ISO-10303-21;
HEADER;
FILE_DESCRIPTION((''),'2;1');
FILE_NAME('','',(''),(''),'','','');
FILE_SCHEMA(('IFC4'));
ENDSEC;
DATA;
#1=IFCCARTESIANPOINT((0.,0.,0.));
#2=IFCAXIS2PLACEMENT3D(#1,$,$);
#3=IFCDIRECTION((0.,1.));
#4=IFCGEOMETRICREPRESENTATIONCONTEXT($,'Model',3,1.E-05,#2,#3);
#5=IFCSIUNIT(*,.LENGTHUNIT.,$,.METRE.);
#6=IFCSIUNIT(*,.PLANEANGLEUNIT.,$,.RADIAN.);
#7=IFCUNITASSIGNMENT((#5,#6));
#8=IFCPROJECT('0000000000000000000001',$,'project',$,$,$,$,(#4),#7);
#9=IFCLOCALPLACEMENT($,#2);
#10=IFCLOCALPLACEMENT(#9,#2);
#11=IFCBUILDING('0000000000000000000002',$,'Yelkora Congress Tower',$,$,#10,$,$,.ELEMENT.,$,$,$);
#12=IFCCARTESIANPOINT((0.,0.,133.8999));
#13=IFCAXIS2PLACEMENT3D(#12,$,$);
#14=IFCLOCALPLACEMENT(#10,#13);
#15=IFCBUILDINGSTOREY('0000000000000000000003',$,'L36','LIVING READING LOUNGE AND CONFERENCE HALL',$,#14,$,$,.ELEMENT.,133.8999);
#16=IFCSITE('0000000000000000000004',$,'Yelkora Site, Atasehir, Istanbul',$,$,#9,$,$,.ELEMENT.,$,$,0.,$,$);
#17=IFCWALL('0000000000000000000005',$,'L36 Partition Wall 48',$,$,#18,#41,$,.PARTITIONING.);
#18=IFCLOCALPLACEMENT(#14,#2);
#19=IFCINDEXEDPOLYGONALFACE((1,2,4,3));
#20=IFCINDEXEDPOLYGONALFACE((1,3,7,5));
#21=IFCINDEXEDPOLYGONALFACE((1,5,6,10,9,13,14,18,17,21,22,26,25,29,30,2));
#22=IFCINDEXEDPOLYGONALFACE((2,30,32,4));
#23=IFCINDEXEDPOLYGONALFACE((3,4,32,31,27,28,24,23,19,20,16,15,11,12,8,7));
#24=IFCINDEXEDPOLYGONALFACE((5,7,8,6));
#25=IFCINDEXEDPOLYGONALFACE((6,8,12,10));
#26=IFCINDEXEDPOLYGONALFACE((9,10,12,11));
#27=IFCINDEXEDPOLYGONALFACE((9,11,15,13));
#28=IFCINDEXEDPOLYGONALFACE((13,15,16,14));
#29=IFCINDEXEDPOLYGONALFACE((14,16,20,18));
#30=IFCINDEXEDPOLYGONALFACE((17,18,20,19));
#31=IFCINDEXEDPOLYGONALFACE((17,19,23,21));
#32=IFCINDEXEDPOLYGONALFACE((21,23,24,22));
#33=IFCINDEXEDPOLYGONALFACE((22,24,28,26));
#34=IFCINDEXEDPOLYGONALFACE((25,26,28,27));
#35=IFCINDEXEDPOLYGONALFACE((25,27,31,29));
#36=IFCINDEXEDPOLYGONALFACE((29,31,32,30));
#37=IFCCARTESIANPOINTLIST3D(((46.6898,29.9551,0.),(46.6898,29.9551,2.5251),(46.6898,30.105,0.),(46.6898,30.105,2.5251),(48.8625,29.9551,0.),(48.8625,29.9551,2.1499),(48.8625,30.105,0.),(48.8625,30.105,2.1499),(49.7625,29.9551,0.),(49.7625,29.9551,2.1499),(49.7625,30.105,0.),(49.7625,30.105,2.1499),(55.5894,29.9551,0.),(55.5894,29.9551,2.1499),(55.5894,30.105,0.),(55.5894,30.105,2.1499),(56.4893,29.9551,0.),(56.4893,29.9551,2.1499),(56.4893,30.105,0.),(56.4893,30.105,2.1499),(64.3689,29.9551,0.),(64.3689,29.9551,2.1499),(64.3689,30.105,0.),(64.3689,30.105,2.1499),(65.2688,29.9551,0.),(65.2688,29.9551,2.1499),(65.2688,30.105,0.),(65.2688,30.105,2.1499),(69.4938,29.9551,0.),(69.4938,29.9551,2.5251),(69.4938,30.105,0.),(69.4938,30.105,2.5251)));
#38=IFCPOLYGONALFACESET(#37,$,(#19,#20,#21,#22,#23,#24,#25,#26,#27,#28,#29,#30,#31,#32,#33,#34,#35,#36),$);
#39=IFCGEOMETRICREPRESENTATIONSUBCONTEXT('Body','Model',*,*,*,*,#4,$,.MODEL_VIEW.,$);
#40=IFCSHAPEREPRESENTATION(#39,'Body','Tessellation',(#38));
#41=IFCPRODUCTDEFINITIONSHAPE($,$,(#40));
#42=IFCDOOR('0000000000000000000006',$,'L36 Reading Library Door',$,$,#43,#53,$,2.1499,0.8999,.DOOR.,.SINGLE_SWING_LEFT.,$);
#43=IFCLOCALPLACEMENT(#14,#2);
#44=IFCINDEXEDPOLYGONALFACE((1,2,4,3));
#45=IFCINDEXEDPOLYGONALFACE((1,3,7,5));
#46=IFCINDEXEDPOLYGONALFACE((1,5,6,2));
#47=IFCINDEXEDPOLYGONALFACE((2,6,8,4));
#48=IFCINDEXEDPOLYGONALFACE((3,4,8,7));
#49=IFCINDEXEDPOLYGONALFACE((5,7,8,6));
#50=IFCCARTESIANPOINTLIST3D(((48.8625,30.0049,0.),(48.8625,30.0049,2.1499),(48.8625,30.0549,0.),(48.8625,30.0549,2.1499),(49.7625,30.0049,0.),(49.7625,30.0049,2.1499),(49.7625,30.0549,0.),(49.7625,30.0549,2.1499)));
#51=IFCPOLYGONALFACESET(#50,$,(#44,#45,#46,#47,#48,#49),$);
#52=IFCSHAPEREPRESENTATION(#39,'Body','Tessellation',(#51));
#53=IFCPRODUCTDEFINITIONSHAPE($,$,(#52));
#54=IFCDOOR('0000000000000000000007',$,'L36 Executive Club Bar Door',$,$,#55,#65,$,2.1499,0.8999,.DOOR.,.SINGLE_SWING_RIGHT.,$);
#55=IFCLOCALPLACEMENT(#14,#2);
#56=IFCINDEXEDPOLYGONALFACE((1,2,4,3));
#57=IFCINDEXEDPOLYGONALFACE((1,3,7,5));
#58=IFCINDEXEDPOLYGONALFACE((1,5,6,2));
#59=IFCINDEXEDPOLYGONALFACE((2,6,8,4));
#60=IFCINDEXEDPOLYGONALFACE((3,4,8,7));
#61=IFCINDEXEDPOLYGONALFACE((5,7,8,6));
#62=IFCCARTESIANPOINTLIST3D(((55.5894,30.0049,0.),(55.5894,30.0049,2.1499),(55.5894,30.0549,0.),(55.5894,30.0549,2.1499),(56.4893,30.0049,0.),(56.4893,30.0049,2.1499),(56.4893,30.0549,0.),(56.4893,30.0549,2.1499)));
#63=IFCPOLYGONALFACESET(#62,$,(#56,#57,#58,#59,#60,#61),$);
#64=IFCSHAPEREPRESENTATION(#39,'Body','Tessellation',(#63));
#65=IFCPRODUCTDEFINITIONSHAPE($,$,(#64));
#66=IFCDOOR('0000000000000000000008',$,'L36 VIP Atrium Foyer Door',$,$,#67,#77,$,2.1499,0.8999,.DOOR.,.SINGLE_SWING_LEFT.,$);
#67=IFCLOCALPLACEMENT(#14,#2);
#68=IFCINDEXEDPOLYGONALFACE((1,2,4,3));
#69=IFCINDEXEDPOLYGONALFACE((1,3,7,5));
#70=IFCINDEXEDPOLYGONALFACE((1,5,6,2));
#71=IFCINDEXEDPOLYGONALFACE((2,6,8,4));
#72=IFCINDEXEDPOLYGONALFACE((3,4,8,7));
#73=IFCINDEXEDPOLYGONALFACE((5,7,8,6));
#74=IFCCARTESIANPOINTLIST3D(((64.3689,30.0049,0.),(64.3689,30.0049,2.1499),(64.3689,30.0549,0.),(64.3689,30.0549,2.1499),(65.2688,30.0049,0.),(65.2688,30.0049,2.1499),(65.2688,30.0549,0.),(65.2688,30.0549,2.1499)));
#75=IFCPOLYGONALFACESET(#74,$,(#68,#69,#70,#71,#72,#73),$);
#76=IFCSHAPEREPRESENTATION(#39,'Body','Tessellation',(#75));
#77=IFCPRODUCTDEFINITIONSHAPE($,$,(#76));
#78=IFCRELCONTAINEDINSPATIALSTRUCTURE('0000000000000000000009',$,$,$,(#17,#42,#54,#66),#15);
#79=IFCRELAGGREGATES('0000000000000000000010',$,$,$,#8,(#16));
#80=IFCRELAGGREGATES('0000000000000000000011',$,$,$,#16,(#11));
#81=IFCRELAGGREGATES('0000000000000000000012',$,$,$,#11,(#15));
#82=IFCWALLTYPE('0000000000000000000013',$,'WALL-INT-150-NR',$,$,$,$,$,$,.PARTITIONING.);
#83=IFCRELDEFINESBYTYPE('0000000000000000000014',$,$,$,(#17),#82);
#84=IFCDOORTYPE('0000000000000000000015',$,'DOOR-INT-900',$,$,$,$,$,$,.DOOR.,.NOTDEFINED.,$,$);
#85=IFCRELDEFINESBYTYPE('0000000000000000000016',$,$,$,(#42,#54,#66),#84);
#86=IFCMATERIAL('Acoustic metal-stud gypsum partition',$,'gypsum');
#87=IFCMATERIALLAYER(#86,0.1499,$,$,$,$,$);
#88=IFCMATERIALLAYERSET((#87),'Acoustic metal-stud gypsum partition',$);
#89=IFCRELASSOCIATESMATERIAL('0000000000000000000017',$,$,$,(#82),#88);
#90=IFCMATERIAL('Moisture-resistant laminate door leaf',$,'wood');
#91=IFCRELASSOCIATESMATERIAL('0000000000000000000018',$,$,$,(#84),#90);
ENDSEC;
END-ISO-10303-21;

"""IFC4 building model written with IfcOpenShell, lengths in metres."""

from ifc_helpers import new_model, si_unit, direction, frame, frame_2d, origin, place, context, subcontext, project, spatial, rectangle, extrude, material, layer, layer_set, type_object, element, fill, save


model = new_model("IFC4")

# Units and contexts
model_context = context("Model", 3, precision=1e-05, world=origin(), true_north=direction((0.0, 1.0)))
body_context = subcontext(model_context, "Body", "Model", "MODEL_VIEW")
ifc_project = project(units=[si_unit("LENGTHUNIT", "METRE"), si_unit("PLANEANGLEUNIT", "RADIAN")], contexts=[model_context])

# Site, building, storey
site_placement = place(None, origin())
site = spatial("IfcSite", under=ifc_project, at=site_placement, Name="Yelkora Site, Atasehir, Istanbul", CompositionType="ELEMENT", RefElevation=0.0)
building_placement = place(site_placement, origin())
building = spatial("IfcBuilding", under=site, at=building_placement, Name="Yelkora Congress Tower", CompositionType="ELEMENT")
storey_placement = place(building_placement, frame((0.0, 0.0, 133.8999)))
storey = spatial("IfcBuildingStorey", under=building, at=storey_placement, Name="L36", Description="LIVING READING LOUNGE AND CONFERENCE HALL", CompositionType="ELEMENT", Elevation=133.8999)

# Shared definitions
ifc_material_1 = material(Name="Acoustic metal-stud gypsum partition", Category="gypsum")
ifc_layer = layer(ifc_material_1, 0.1499)
ifc_layer_set = layer_set([ifc_layer], Name="Acoustic metal-stud gypsum partition")
wall_type = type_object("IfcWallType", Name="WALL-INT-150-NR", PredefinedType="PARTITIONING", material=ifc_layer_set)

# Wall, openings, doors
wall_placement = place(storey_placement, frame((46.6899, 30.03, 0.0), z_axis=(0.0, 0.0, 1.0), x_axis=(1.0, 0.0, 0.0)))
wall = element("IfcWall", 1, at=wall_placement, inside=storey, type_object=wall_type, Name="L36 Partition Wall 48", PredefinedType="PARTITIONING", context=body_context, shape_type="SweptSolid", body=[
    extrude(rectangle(XDim=22.804, YDim=0.1499, at=frame_2d((11.4019, 0.0))), origin(), (0.0, 0.0, 1.0), 2.5251),
])
opening_1_placement = place(wall_placement, frame((2.1726, 0.0, 0.0)))
opening_1 = element("IfcOpeningElement", 2, at=opening_1_placement, cuts=wall, PredefinedType="OPENING", context=body_context, shape_type="SweptSolid", body=[
    extrude(rectangle(XDim=0.8999, YDim=2.1499, at=frame_2d((0.45, 1.075))), frame((0.0, 0.085, 0.0), z_axis=(0.0, -1.0, 0.0), x_axis=(1.0, 0.0, 0.0)), (0.0, 0.0, 1.0), 0.1699),
])
opening_2_placement = place(wall_placement, frame((8.8994, 0.0, 0.0)))
opening_2 = element("IfcOpeningElement", 3, at=opening_2_placement, cuts=wall, PredefinedType="OPENING", context=body_context, shape_type="SweptSolid", body=[
    extrude(rectangle(XDim=0.8999, YDim=2.1499, at=frame_2d((0.45, 1.075))), frame((0.0, 0.085, 0.0), z_axis=(0.0, -1.0, 0.0), x_axis=(1.0, 0.0, 0.0)), (0.0, 0.0, 1.0), 0.1699),
])
opening_3_placement = place(wall_placement, frame((17.679, 0.0, 0.0)))
opening_3 = element("IfcOpeningElement", 4, at=opening_3_placement, cuts=wall, PredefinedType="OPENING", context=body_context, shape_type="SweptSolid", body=[
    extrude(rectangle(XDim=0.8999, YDim=2.1499, at=frame_2d((0.45, 1.075))), frame((0.0, 0.085, 0.0), z_axis=(0.0, -1.0, 0.0), x_axis=(1.0, 0.0, 0.0)), (0.0, 0.0, 1.0), 0.1699),
])
ifc_material_2 = material(Name="Moisture-resistant laminate door leaf", Category="wood")
door_type = type_object("IfcDoorType", Name="DOOR-INT-900", OperationType="NOTDEFINED", PredefinedType="DOOR", material=ifc_material_2)
door_1_placement = place(opening_1_placement, origin())
door_1 = element("IfcDoor", 5, at=door_1_placement, inside=storey, type_object=door_type, Name="L36 Reading Library Door", OperationType="SINGLE_SWING_LEFT", OverallHeight=2.1499, OverallWidth=0.8999, PredefinedType="DOOR", context=body_context, shape_type="SweptSolid", body=[
    extrude(rectangle(XDim=0.8999, YDim=2.1499, at=frame_2d((0.45, 1.075))), frame((0.0, 0.0249, 0.0), z_axis=(0.0, -1.0, 0.0), x_axis=(1.0, 0.0, 0.0)), (0.0, 0.0, 1.0), 0.05),
])
fill(opening_1, door_1)
door_2_placement = place(opening_2_placement, origin())
door_2 = element("IfcDoor", 6, at=door_2_placement, inside=storey, type_object=door_type, Name="L36 Executive Club Bar Door", OperationType="SINGLE_SWING_RIGHT", OverallHeight=2.1499, OverallWidth=0.8999, PredefinedType="DOOR", context=body_context, shape_type="SweptSolid", body=[
    extrude(rectangle(XDim=0.8999, YDim=2.1499, at=frame_2d((0.45, 1.075))), frame((0.0, 0.0249, 0.0), z_axis=(0.0, -1.0, 0.0), x_axis=(1.0, 0.0, 0.0)), (0.0, 0.0, 1.0), 0.05),
])
fill(opening_2, door_2)
door_3_placement = place(opening_3_placement, origin())
door_3 = element("IfcDoor", 7, at=door_3_placement, inside=storey, type_object=door_type, Name="L36 VIP Atrium Foyer Door", OperationType="SINGLE_SWING_LEFT", OverallHeight=2.1499, OverallWidth=0.8999, PredefinedType="DOOR", context=body_context, shape_type="SweptSolid", body=[
    extrude(rectangle(XDim=0.8999, YDim=2.1499, at=frame_2d((0.45, 1.075))), frame((0.0, 0.0249, 0.0), z_axis=(0.0, -1.0, 0.0), x_axis=(1.0, 0.0, 0.0)), (0.0, 0.0, 1.0), 0.05),
])
fill(opening_3, door_3)

save(model, "model.ifc")
